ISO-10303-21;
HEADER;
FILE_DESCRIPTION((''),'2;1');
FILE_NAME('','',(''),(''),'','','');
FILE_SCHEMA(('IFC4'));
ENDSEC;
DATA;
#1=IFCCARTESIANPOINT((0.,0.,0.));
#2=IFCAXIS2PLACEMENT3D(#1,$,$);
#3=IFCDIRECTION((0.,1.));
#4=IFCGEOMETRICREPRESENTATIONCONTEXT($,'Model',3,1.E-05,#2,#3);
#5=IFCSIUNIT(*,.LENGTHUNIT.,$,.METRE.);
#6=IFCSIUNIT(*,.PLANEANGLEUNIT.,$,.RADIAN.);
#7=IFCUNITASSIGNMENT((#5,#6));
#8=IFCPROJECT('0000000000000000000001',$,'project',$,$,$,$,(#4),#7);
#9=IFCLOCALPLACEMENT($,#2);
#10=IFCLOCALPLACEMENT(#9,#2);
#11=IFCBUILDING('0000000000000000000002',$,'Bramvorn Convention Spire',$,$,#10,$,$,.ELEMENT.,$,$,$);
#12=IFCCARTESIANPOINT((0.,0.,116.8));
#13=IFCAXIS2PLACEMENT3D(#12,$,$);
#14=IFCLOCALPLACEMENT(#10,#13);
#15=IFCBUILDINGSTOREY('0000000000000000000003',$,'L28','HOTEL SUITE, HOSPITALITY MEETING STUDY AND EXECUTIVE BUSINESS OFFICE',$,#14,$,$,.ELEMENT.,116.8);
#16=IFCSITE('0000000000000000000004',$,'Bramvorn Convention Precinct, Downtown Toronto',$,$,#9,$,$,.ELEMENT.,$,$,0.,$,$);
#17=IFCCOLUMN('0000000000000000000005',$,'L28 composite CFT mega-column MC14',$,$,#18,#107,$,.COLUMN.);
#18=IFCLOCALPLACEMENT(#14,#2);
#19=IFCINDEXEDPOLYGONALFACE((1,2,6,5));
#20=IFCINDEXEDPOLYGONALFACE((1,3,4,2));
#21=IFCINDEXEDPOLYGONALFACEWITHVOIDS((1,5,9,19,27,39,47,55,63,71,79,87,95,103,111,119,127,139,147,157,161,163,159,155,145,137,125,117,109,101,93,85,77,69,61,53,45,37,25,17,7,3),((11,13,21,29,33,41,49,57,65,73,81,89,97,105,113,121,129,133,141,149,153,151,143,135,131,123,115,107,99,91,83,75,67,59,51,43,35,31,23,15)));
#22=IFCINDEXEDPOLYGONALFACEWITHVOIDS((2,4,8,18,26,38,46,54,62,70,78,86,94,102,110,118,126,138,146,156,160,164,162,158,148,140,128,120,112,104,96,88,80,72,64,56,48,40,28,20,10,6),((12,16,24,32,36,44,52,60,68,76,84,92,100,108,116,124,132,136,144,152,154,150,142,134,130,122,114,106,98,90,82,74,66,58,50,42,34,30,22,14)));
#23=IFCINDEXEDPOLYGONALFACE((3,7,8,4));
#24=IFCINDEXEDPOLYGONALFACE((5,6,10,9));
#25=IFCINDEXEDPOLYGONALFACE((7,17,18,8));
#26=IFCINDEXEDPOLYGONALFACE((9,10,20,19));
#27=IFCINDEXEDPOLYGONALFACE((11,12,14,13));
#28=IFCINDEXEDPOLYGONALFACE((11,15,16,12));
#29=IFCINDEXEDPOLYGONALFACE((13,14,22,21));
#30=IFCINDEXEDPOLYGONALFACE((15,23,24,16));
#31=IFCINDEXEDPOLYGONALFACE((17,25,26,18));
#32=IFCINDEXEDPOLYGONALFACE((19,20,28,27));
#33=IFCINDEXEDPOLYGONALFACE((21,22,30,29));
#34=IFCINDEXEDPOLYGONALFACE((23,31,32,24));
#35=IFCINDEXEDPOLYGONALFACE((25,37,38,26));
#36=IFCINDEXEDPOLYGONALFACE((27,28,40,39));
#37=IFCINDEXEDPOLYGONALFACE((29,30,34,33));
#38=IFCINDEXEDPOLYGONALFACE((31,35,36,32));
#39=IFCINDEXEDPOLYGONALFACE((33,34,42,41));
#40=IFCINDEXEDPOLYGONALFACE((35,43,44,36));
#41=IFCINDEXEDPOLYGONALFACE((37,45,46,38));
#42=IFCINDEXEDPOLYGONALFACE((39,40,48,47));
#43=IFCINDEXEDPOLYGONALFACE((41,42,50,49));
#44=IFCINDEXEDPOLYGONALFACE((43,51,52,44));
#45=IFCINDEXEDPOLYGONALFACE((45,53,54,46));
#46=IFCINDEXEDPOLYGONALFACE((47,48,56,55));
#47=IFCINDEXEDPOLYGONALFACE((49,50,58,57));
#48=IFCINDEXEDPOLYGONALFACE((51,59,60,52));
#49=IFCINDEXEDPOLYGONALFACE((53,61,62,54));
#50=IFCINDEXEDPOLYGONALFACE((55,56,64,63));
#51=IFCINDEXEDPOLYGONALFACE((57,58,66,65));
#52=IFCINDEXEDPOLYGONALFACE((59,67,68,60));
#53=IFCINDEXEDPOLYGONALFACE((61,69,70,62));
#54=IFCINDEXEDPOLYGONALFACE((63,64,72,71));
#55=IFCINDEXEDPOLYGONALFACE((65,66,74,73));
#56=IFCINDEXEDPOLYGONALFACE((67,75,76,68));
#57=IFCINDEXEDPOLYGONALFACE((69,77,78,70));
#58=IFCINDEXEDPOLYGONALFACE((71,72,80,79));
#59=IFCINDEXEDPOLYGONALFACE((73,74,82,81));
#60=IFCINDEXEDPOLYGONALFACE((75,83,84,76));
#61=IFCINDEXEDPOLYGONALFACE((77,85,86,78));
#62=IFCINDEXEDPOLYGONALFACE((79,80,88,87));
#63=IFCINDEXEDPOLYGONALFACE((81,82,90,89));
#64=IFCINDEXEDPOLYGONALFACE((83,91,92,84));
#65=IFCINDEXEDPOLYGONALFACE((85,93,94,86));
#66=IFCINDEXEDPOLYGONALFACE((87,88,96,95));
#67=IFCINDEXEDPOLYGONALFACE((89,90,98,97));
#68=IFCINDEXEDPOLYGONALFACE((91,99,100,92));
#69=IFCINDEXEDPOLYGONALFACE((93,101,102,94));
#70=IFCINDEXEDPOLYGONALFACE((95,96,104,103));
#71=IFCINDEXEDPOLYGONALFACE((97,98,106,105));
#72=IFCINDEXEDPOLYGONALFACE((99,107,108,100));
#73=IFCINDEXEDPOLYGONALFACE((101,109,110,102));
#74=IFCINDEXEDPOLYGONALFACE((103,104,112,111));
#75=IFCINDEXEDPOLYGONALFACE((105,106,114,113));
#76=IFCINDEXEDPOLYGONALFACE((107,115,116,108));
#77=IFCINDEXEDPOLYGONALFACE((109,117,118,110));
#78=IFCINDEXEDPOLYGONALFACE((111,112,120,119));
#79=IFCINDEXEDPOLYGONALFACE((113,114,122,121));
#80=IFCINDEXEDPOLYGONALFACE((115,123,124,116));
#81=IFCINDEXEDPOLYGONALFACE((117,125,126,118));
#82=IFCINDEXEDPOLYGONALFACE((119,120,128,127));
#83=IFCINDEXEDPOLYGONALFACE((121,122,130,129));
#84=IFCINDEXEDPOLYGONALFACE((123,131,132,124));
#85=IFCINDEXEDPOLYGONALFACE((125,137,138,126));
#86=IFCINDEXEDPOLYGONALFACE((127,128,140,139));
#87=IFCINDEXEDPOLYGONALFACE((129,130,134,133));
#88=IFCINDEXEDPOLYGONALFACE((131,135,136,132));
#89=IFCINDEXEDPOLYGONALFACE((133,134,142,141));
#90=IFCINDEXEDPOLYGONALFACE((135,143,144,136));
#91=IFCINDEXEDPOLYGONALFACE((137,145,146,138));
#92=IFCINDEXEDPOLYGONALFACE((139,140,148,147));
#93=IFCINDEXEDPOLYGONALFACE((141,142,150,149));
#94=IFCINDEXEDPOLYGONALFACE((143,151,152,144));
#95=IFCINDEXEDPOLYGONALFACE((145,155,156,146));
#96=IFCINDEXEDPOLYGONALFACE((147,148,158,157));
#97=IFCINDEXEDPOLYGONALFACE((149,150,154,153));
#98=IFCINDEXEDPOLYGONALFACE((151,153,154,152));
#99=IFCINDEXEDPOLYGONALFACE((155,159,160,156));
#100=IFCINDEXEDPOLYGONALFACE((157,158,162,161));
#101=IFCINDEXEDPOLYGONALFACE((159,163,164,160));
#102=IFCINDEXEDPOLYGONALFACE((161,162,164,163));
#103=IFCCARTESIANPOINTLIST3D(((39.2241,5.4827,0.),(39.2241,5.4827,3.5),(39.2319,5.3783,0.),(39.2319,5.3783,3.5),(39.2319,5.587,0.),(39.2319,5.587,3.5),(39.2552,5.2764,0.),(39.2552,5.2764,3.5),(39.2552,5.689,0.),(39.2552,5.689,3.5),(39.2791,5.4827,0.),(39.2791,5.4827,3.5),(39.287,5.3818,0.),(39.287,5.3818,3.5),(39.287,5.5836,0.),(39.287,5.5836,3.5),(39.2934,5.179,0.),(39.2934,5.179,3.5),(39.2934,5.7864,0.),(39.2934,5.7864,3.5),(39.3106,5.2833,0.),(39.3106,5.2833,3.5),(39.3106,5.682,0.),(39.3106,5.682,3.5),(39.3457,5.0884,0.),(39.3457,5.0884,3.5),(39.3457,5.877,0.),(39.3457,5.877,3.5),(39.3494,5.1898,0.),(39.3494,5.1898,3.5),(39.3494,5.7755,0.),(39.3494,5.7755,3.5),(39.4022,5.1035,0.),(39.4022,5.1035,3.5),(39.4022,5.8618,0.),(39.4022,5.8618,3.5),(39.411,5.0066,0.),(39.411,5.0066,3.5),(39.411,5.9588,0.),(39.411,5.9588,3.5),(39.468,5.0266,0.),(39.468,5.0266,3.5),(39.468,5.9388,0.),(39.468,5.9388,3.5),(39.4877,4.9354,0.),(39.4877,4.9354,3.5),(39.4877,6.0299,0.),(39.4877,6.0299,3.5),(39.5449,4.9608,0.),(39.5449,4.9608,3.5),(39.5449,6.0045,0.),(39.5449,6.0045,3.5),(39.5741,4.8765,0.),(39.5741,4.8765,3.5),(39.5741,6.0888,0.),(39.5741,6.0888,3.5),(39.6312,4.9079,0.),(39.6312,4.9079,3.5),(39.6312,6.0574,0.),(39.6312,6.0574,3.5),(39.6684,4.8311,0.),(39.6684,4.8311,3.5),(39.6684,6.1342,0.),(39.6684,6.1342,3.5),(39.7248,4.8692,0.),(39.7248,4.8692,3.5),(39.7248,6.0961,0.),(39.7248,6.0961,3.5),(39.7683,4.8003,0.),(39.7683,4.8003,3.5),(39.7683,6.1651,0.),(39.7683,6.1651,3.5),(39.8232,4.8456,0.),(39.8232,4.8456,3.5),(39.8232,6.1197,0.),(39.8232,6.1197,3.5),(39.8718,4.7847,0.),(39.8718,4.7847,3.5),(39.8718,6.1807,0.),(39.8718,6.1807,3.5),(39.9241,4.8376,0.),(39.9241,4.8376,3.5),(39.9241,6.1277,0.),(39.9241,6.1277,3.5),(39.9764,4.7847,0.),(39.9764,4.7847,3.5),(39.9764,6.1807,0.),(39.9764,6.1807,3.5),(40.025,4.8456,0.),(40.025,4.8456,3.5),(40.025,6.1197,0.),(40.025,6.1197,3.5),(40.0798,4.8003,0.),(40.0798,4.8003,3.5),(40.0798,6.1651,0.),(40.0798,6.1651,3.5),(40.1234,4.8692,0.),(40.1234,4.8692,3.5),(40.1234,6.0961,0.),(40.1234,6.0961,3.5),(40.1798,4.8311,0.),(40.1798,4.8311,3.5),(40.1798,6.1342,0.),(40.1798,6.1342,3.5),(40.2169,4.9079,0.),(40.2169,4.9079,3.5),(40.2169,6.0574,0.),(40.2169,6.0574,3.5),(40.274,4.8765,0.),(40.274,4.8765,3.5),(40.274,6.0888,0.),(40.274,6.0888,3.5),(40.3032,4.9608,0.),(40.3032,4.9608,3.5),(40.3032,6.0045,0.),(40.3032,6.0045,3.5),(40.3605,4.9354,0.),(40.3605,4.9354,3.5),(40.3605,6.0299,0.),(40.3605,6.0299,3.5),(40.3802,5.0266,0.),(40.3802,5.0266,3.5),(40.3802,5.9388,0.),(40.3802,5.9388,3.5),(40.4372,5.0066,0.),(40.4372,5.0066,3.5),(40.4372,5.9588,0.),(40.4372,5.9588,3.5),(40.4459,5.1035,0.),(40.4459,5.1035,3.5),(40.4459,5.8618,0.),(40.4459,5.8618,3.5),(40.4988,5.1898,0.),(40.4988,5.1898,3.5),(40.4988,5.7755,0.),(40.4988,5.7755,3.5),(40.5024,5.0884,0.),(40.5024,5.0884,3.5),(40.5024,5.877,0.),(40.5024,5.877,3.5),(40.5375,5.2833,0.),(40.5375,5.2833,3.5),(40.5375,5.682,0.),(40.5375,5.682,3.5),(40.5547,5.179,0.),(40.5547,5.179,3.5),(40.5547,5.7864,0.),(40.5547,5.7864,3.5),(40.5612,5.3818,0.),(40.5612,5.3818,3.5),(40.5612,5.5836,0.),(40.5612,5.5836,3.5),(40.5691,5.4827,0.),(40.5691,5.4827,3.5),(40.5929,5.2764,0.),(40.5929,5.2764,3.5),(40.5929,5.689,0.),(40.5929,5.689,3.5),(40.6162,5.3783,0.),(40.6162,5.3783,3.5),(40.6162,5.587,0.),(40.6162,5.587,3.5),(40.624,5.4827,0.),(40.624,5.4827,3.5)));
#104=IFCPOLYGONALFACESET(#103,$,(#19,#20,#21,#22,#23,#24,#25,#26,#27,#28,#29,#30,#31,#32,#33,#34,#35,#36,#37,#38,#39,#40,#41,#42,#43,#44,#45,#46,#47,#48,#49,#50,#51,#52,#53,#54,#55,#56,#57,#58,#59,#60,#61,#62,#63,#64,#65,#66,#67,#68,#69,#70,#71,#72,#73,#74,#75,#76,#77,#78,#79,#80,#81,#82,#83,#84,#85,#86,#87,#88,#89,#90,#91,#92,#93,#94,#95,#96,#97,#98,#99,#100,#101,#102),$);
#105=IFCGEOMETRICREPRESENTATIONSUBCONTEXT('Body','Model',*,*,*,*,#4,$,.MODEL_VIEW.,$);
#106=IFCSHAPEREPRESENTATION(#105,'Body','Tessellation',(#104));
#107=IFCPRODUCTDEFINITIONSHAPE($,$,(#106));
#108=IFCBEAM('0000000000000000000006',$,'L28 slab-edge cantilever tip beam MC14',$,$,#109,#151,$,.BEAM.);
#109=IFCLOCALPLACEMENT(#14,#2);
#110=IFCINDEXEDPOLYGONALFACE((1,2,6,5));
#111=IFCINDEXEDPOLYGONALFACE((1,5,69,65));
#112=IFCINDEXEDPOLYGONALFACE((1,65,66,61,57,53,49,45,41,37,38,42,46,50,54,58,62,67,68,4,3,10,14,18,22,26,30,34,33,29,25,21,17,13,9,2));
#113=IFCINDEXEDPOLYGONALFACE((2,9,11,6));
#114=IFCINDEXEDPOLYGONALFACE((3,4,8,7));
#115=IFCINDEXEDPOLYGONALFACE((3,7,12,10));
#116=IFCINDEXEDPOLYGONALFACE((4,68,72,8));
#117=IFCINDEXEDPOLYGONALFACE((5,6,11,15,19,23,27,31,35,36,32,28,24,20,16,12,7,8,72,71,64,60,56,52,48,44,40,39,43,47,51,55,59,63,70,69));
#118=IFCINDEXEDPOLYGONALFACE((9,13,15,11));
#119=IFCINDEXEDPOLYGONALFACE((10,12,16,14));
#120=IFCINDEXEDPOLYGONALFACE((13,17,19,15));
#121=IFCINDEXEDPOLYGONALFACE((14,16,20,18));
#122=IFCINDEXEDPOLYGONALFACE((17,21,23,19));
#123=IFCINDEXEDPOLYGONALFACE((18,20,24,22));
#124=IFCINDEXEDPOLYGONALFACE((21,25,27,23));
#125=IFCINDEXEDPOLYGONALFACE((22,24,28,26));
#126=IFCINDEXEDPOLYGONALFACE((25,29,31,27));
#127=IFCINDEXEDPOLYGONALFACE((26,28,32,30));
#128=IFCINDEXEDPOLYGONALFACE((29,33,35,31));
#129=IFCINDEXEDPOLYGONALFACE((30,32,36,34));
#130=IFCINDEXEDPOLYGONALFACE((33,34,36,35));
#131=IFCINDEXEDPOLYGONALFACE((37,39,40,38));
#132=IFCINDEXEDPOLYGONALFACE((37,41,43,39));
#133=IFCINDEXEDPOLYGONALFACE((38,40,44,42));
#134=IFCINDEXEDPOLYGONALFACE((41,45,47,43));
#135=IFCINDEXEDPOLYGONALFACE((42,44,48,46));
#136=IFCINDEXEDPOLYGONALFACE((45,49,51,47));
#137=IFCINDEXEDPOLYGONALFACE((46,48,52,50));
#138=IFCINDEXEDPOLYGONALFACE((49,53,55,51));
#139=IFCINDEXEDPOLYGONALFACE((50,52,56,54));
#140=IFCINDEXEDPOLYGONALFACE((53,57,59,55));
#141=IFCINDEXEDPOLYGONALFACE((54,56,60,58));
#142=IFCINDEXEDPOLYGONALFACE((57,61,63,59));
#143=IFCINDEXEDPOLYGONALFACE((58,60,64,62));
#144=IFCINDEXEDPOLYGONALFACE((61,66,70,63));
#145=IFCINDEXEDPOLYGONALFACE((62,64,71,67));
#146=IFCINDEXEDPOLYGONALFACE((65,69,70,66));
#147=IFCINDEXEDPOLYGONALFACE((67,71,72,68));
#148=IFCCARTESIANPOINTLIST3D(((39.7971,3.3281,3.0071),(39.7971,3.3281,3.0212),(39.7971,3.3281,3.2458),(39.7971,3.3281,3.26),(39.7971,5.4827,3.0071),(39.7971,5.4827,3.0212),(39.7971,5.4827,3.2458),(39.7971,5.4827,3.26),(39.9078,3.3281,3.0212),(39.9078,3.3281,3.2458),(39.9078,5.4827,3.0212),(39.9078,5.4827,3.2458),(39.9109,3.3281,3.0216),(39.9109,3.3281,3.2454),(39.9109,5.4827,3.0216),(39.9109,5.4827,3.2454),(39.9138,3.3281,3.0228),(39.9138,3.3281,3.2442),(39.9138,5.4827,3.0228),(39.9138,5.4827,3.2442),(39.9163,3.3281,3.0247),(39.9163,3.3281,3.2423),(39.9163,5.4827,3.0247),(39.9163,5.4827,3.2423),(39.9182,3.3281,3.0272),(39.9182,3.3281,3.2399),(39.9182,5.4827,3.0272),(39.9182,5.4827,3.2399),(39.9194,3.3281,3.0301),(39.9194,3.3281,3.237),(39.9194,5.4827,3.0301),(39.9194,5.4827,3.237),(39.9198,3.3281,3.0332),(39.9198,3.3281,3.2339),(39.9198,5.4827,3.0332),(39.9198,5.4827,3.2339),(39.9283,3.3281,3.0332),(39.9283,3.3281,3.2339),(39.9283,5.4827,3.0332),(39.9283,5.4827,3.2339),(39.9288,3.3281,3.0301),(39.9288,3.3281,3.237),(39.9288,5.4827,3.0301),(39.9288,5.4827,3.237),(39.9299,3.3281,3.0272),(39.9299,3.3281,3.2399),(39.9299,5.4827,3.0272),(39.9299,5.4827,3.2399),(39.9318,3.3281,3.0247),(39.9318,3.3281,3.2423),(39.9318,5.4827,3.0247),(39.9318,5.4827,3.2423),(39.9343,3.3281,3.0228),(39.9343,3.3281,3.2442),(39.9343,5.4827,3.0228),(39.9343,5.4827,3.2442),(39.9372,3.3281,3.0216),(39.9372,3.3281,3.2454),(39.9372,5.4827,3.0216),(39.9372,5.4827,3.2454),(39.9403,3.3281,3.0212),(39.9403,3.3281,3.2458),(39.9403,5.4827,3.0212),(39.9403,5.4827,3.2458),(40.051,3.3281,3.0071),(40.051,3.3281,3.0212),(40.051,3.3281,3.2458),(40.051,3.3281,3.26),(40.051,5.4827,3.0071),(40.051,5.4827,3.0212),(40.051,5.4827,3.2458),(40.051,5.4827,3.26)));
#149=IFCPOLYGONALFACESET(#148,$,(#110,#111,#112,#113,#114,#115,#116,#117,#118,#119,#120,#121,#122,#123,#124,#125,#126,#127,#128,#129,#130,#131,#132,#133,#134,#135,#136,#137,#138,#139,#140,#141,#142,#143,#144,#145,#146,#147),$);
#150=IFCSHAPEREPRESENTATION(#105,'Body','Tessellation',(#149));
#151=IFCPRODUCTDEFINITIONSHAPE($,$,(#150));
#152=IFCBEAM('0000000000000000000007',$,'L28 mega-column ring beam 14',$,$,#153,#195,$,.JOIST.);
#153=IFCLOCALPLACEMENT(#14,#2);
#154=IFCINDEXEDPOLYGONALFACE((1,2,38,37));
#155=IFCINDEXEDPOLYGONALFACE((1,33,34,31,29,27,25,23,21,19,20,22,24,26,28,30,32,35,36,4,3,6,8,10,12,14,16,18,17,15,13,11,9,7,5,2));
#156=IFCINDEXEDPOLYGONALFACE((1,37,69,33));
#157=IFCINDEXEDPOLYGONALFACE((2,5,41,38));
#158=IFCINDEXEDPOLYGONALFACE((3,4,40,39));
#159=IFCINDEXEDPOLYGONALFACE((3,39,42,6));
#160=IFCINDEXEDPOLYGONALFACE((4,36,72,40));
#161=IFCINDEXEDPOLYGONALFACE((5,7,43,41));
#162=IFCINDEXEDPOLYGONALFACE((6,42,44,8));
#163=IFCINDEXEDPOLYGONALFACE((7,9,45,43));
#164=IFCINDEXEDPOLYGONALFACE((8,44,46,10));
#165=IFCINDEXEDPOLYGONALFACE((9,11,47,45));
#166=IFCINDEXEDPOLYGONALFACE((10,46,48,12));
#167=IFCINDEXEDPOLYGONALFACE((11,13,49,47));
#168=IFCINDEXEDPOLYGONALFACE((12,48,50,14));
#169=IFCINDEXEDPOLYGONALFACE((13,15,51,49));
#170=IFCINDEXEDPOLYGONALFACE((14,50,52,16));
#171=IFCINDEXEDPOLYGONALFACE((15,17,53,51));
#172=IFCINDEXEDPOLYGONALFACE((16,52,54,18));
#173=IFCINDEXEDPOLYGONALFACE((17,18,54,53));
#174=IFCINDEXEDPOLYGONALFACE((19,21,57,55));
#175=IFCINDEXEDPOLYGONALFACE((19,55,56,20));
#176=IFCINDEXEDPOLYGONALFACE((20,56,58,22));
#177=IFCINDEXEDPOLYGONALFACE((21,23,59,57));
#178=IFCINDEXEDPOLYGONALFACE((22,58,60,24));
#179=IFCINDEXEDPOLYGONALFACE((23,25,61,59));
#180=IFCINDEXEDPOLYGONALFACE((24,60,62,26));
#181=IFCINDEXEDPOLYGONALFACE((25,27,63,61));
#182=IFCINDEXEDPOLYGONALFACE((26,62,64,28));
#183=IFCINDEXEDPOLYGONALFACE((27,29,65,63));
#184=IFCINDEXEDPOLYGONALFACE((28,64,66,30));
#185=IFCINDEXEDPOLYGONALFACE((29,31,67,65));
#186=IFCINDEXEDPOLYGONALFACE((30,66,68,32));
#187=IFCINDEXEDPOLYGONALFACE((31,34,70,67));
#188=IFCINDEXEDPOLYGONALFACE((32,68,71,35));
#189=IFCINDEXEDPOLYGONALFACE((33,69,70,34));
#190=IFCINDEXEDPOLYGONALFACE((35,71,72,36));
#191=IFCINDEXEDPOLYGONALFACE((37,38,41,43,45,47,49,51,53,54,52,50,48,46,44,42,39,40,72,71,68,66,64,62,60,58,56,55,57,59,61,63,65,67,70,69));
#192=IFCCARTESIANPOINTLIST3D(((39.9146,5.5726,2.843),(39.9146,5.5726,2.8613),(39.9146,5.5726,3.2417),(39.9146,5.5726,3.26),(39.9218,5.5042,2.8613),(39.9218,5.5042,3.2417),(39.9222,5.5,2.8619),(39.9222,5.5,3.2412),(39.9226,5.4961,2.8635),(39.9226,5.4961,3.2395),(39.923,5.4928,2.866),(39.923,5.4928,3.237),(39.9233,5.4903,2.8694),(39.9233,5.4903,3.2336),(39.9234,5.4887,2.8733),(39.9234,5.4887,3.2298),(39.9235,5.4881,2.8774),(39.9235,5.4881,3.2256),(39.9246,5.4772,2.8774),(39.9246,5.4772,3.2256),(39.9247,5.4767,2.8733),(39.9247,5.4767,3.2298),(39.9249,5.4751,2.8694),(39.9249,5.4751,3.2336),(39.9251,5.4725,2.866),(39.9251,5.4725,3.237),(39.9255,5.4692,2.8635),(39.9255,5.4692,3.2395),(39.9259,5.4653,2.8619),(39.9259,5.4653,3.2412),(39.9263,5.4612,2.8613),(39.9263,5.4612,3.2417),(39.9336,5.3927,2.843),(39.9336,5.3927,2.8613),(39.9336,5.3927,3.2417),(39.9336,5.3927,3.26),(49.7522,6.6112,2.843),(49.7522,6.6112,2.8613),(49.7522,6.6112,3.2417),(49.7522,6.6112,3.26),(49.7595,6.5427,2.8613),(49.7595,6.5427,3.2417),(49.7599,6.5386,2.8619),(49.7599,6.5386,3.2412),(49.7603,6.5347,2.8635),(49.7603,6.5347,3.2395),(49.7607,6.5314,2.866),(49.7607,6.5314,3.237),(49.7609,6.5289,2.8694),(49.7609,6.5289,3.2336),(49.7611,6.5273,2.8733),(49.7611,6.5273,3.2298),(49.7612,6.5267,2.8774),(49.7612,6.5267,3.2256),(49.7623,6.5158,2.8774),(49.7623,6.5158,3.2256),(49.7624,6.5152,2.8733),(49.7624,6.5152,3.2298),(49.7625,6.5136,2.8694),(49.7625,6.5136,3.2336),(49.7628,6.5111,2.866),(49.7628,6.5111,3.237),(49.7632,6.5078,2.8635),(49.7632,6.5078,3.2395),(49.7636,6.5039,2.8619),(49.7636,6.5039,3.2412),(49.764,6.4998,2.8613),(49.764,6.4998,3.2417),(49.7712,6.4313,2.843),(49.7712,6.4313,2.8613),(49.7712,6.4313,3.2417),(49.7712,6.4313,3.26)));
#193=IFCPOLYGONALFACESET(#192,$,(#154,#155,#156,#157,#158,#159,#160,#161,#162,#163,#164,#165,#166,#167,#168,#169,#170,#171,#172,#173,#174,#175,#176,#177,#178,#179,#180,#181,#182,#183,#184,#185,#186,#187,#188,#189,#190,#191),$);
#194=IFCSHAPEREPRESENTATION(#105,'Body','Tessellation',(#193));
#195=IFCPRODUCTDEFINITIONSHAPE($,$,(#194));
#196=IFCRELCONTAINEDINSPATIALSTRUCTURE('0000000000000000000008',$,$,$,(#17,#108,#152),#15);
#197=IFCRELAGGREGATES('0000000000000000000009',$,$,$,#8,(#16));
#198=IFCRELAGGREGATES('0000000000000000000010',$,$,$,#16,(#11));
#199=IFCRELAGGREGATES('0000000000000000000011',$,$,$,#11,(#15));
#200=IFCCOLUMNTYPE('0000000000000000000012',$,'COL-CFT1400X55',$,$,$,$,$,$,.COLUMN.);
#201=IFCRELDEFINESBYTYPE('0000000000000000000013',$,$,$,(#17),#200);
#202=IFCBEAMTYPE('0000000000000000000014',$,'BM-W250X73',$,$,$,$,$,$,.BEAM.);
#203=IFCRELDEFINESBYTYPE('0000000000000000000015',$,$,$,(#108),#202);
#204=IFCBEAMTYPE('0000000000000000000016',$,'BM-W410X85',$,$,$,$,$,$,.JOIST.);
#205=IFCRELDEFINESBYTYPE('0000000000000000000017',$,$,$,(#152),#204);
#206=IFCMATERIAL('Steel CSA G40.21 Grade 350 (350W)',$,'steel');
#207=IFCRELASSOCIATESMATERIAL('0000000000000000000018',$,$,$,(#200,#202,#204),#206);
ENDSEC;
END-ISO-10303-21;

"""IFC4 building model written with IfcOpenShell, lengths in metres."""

from ifc_helpers import new_model, si_unit, direction, frame, origin, origin_2d, place, context, subcontext, project, spatial, hollow_circle, i_section, extrude, material, material_profile, profile_set, type_object, element, save


model = new_model("IFC4")

# Units and contexts
model_context = context("Model", 3, precision=1e-05, world=origin(), true_north=direction((0.0, 1.0)))
body_context = subcontext(model_context, "Body", "Model", "MODEL_VIEW")
ifc_project = project(units=[si_unit("LENGTHUNIT", "METRE"), si_unit("PLANEANGLEUNIT", "RADIAN")], contexts=[model_context])

# Site, building, storey
site_placement = place(None, origin())
site = spatial("IfcSite", under=ifc_project, at=site_placement, Name="Bramvorn Convention Precinct, Downtown Toronto", CompositionType="ELEMENT", RefElevation=0.0)
building_placement = place(site_placement, origin())
building = spatial("IfcBuilding", under=site, at=building_placement, Name="Bramvorn Convention Spire", CompositionType="ELEMENT")
storey_placement = place(building_placement, frame((0.0, 0.0, 116.8)))
storey = spatial("IfcBuildingStorey", under=building, at=storey_placement, Name="L28", Description="HOTEL SUITE, HOSPITALITY MEETING STUDY AND EXECUTIVE BUSINESS OFFICE", CompositionType="ELEMENT", Elevation=116.8)

# Column
ifc_material_1 = material(Name="Steel CSA G40.21 Grade 350 (350W)", Category="steel")
ifc_material_profile_1 = material_profile(ifc_material_1, hollow_circle(Radius=0.7, WallThickness=0.0549, at=origin_2d()))
ifc_profile_set_1 = profile_set([ifc_material_profile_1], Name="Steel CSA G40.21 Grade 350 (350W) - CFT1400X55")
column_type = type_object("IfcColumnType", Name="COL-CFT1400X55", PredefinedType="COLUMN", material=ifc_profile_set_1)
column_placement = place(storey_placement, frame((39.9241, 5.4827, 0.0), z_axis=(0.0, 0.0, 1.0), x_axis=(1.0, 0.0, 0.0)))
element("IfcColumn", 1, at=column_placement, inside=storey, type_object=column_type, Name="L28 composite CFT mega-column MC14", PredefinedType="COLUMN", context=body_context, shape_type="SweptSolid", body=[
    extrude(hollow_circle(Radius=0.7, WallThickness=0.0549, at=origin_2d()), origin(), (0.0, 0.0, 1.0), 3.5),
])

# Beams
ifc_material_profile_2 = material_profile(ifc_material_1, i_section(OverallWidth=0.2539, OverallDepth=0.2529, WebThickness=0.0085, FlangeThickness=0.0142, FilletRadius=0.012, at=origin_2d()))
ifc_profile_set_2 = profile_set([ifc_material_profile_2], Name="Steel CSA G40.21 Grade 350 (350W) - W250X73")
beam_type_1 = type_object("IfcBeamType", Name="BM-W250X73", PredefinedType="BEAM", material=ifc_profile_set_2)
beam_1_placement = place(storey_placement, frame((39.9241, 5.4827, 3.1335), z_axis=(0.0, -1.0, 0.0), x_axis=(1.0, 0.0, 0.0)))
element("IfcBeam", 2, at=beam_1_placement, inside=storey, type_object=beam_type_1, Name="L28 slab-edge cantilever tip beam MC14", PredefinedType="BEAM", context=body_context, shape_type="SweptSolid", body=[
    extrude(i_section(OverallWidth=0.2539, OverallDepth=0.2529, WebThickness=0.0085, FlangeThickness=0.0142, FilletRadius=0.012, at=origin_2d()), origin(), (0.0, 0.0, 1.0), 2.1545),
])
ifc_material_profile_3 = material_profile(ifc_material_1, i_section(OverallWidth=0.1809, OverallDepth=0.417, WebThickness=0.011, FlangeThickness=0.0183, FilletRadius=0.0161, at=origin_2d()))
ifc_profile_set_3 = profile_set([ifc_material_profile_3], Name="Steel CSA G40.21 Grade 350 (350W) - W410X85")
beam_type_2 = type_object("IfcBeamType", Name="BM-W410X85", PredefinedType="JOIST", material=ifc_profile_set_3)
beam_2_placement = place(storey_placement, frame((39.9241, 5.4827, 3.0515), z_axis=(0.994473, 0.104988, 0.0), x_axis=(-0.104988, 0.994473, 0.0)))
element("IfcBeam", 3, at=beam_2_placement, inside=storey, type_object=beam_type_2, Name="L28 mega-column ring beam 14", PredefinedType="JOIST", context=body_context, shape_type="SweptSolid", body=[
    extrude(i_section(OverallWidth=0.1809, OverallDepth=0.417, WebThickness=0.011, FlangeThickness=0.0183, FilletRadius=0.0161, at=origin_2d()), origin(), (0.0, 0.0, 1.0), 9.8923),
])

save(model, "model.ifc")
